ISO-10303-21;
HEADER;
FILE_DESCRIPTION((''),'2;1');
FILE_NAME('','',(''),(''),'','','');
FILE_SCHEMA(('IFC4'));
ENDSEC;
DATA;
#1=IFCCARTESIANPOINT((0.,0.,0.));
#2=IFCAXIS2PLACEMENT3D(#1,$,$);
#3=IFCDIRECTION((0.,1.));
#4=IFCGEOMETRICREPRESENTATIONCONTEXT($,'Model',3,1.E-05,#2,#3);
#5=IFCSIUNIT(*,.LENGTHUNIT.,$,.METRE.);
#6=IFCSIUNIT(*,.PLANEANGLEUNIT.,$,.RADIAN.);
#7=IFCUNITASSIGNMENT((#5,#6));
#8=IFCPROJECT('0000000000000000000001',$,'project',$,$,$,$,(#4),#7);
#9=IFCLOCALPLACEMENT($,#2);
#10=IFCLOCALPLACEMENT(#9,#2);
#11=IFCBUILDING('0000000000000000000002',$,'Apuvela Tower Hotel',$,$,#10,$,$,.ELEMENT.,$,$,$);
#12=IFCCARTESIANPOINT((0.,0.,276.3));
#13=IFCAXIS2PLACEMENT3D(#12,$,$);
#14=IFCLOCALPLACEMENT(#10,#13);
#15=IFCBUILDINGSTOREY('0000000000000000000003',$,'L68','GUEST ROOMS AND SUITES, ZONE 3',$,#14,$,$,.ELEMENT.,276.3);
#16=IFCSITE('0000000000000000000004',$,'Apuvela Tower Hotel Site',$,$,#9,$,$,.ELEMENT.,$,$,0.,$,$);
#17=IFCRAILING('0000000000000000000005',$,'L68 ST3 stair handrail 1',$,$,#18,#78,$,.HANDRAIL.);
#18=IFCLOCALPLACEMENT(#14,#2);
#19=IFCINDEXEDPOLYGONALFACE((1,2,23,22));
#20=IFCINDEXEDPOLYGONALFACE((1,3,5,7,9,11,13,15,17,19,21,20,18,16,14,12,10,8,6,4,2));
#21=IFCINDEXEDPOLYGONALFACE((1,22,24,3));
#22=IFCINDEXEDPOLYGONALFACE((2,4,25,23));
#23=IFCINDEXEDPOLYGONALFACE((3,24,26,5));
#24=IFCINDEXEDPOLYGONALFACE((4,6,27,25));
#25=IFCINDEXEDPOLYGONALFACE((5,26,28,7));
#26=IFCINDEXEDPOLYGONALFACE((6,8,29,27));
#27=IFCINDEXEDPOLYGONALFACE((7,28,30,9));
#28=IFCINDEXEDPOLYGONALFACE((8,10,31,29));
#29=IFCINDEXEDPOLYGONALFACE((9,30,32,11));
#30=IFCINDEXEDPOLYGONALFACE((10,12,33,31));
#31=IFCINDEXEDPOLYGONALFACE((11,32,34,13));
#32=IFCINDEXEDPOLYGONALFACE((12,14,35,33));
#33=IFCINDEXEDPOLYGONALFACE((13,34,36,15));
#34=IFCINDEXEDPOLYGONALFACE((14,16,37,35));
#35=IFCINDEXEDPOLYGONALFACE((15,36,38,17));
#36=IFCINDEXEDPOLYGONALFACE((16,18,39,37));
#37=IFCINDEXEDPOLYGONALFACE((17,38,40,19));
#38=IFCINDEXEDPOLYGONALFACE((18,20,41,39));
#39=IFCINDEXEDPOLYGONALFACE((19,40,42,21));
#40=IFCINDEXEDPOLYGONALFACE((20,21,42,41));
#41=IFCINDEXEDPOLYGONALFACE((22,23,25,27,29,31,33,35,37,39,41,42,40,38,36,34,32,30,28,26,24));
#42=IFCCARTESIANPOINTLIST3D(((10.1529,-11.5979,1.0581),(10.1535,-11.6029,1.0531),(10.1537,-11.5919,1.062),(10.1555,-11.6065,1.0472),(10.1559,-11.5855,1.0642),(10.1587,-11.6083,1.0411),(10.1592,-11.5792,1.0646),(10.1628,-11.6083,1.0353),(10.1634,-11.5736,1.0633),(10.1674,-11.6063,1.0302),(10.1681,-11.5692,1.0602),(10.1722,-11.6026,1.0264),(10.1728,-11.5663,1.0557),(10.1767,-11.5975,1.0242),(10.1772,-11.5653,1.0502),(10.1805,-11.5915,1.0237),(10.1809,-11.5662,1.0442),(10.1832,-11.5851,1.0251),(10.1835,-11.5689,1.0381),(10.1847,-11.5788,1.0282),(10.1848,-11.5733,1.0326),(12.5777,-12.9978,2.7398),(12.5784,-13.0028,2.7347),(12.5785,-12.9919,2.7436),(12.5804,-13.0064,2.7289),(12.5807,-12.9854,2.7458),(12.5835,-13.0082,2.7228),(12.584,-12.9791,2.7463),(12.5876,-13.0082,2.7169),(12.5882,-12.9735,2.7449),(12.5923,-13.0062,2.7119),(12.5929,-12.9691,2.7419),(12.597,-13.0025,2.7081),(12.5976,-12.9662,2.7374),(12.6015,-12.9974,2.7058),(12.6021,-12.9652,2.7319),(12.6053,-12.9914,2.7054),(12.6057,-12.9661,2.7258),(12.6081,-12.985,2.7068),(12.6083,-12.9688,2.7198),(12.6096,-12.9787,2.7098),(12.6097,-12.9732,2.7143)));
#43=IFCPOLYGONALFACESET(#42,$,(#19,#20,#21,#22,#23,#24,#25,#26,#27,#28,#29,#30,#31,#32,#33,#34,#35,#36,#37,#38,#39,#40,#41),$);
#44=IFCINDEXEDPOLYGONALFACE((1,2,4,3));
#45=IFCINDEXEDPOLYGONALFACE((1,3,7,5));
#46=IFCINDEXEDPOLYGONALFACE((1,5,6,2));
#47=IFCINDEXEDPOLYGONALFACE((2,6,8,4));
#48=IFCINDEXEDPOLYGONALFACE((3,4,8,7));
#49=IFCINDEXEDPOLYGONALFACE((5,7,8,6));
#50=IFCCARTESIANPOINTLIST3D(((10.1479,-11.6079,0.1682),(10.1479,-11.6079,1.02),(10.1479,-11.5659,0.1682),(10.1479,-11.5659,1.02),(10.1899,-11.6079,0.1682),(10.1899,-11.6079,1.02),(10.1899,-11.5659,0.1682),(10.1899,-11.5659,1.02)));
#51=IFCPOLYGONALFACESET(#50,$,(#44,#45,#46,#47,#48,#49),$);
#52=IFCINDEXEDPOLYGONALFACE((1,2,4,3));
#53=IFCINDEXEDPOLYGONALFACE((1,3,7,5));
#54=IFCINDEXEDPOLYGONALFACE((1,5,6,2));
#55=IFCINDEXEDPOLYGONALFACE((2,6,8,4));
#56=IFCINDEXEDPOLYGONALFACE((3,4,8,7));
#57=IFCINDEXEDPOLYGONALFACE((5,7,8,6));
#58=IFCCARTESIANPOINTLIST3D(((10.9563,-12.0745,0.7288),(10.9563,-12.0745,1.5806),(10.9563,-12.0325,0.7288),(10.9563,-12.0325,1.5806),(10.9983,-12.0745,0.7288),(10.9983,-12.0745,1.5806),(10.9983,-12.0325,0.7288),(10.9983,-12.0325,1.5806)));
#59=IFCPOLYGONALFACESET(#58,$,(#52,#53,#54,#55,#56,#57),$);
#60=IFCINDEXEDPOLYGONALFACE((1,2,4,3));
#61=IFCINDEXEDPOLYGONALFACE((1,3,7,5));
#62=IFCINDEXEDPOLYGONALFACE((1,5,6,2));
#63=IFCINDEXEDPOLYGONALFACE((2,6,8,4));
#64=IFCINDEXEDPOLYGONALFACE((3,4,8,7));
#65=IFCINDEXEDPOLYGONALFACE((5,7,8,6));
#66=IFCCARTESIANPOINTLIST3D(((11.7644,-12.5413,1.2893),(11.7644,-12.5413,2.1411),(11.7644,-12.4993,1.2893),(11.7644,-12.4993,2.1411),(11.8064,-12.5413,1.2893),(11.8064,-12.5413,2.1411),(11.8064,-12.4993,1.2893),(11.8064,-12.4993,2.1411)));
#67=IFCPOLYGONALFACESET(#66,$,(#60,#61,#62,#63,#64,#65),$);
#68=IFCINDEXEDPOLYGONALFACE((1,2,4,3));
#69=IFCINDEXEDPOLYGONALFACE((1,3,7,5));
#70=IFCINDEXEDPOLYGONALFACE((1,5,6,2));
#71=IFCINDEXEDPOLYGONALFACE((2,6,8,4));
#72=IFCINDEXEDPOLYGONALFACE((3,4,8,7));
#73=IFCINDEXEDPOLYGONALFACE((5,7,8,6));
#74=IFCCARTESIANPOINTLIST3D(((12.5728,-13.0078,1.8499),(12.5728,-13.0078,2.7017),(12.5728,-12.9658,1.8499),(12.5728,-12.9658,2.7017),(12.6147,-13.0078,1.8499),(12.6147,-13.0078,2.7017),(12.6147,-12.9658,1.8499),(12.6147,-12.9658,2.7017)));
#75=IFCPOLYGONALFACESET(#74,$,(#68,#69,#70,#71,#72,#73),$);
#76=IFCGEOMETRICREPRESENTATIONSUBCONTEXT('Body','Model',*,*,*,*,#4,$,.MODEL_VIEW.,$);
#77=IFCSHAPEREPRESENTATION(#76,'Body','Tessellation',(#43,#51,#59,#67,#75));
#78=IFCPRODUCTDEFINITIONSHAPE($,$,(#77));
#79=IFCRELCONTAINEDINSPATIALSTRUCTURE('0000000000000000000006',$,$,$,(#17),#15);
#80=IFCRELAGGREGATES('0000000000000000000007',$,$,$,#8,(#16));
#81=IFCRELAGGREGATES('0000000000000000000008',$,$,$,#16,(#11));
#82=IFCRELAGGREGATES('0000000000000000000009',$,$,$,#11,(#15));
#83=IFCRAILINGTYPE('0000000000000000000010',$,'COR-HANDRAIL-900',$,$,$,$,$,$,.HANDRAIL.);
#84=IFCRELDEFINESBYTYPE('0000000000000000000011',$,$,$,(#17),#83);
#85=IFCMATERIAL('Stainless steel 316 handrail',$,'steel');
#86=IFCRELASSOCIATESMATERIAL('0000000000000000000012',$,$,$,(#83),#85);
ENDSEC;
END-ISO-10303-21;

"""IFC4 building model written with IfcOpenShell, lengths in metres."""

from ifc_helpers import new_model, si_unit, direction, frame, origin, origin_2d, place, context, subcontext, project, spatial, rectangle, circle, extrude, material, type_object, element, save


model = new_model("IFC4")

# Units and contexts
model_context = context("Model", 3, precision=1e-05, world=origin(), true_north=direction((0.0, 1.0)))
body_context = subcontext(model_context, "Body", "Model", "MODEL_VIEW")
ifc_project = project(units=[si_unit("LENGTHUNIT", "METRE"), si_unit("PLANEANGLEUNIT", "RADIAN")], contexts=[model_context])

# Site, building, storey
site_placement = place(None, origin())
site = spatial("IfcSite", under=ifc_project, at=site_placement, Name="Apuvela Tower Hotel Site", CompositionType="ELEMENT", RefElevation=0.0)
building_placement = place(site_placement, origin())
building = spatial("IfcBuilding", under=site, at=building_placement, Name="Apuvela Tower Hotel", CompositionType="ELEMENT")
storey_placement = place(building_placement, frame((0.0, 0.0, 276.3)))
storey = spatial("IfcBuildingStorey", under=building, at=storey_placement, Name="L68", Description="GUEST ROOMS AND SUITES, ZONE 3", CompositionType="ELEMENT", Elevation=276.3)

# Railing
ifc_material_1 = material(Name="Stainless steel 316 handrail", Category="steel")
railing_type_1 = type_object("IfcRailingType", Name="COR-HANDRAIL-900", PredefinedType="HANDRAIL", material=ifc_material_1)
railing_1_placement = place(storey_placement, frame((10.1689, -11.5869, 0.1682)))
element("IfcRailing", 1, at=railing_1_placement, inside=storey, type_object=railing_type_1, Name="L68 ST3 stair handrail 1", PredefinedType="HANDRAIL", context=body_context, shape_type="SweptSolid", body=[
    extrude(circle(Radius=0.0239, at=origin_2d()), frame((0.0, 0.0, 0.876), z_axis=(0.742419, -0.428618, 0.514879), x_axis=(0.499984, 0.866035, 0.0)), (0.0, 0.0, 1.0), 3.2661),
    extrude(rectangle(XDim=0.042, YDim=0.042, at=origin_2d()), origin(), (0.0, 0.0, 1.0), 0.8518),
    extrude(rectangle(XDim=0.042, YDim=0.042, at=origin_2d()), frame((0.8083, -0.4666, 0.5605)), (0.0, 0.0, 1.0), 0.8518),
    extrude(rectangle(XDim=0.042, YDim=0.042, at=origin_2d()), frame((1.6165, -0.9333, 1.1211)), (0.0, 0.0, 1.0), 0.8518),
    extrude(rectangle(XDim=0.042, YDim=0.042, at=origin_2d()), frame((2.4248, -1.3999, 1.6816)), (0.0, 0.0, 1.0), 0.8518),
])

save(model, "model.ifc")
